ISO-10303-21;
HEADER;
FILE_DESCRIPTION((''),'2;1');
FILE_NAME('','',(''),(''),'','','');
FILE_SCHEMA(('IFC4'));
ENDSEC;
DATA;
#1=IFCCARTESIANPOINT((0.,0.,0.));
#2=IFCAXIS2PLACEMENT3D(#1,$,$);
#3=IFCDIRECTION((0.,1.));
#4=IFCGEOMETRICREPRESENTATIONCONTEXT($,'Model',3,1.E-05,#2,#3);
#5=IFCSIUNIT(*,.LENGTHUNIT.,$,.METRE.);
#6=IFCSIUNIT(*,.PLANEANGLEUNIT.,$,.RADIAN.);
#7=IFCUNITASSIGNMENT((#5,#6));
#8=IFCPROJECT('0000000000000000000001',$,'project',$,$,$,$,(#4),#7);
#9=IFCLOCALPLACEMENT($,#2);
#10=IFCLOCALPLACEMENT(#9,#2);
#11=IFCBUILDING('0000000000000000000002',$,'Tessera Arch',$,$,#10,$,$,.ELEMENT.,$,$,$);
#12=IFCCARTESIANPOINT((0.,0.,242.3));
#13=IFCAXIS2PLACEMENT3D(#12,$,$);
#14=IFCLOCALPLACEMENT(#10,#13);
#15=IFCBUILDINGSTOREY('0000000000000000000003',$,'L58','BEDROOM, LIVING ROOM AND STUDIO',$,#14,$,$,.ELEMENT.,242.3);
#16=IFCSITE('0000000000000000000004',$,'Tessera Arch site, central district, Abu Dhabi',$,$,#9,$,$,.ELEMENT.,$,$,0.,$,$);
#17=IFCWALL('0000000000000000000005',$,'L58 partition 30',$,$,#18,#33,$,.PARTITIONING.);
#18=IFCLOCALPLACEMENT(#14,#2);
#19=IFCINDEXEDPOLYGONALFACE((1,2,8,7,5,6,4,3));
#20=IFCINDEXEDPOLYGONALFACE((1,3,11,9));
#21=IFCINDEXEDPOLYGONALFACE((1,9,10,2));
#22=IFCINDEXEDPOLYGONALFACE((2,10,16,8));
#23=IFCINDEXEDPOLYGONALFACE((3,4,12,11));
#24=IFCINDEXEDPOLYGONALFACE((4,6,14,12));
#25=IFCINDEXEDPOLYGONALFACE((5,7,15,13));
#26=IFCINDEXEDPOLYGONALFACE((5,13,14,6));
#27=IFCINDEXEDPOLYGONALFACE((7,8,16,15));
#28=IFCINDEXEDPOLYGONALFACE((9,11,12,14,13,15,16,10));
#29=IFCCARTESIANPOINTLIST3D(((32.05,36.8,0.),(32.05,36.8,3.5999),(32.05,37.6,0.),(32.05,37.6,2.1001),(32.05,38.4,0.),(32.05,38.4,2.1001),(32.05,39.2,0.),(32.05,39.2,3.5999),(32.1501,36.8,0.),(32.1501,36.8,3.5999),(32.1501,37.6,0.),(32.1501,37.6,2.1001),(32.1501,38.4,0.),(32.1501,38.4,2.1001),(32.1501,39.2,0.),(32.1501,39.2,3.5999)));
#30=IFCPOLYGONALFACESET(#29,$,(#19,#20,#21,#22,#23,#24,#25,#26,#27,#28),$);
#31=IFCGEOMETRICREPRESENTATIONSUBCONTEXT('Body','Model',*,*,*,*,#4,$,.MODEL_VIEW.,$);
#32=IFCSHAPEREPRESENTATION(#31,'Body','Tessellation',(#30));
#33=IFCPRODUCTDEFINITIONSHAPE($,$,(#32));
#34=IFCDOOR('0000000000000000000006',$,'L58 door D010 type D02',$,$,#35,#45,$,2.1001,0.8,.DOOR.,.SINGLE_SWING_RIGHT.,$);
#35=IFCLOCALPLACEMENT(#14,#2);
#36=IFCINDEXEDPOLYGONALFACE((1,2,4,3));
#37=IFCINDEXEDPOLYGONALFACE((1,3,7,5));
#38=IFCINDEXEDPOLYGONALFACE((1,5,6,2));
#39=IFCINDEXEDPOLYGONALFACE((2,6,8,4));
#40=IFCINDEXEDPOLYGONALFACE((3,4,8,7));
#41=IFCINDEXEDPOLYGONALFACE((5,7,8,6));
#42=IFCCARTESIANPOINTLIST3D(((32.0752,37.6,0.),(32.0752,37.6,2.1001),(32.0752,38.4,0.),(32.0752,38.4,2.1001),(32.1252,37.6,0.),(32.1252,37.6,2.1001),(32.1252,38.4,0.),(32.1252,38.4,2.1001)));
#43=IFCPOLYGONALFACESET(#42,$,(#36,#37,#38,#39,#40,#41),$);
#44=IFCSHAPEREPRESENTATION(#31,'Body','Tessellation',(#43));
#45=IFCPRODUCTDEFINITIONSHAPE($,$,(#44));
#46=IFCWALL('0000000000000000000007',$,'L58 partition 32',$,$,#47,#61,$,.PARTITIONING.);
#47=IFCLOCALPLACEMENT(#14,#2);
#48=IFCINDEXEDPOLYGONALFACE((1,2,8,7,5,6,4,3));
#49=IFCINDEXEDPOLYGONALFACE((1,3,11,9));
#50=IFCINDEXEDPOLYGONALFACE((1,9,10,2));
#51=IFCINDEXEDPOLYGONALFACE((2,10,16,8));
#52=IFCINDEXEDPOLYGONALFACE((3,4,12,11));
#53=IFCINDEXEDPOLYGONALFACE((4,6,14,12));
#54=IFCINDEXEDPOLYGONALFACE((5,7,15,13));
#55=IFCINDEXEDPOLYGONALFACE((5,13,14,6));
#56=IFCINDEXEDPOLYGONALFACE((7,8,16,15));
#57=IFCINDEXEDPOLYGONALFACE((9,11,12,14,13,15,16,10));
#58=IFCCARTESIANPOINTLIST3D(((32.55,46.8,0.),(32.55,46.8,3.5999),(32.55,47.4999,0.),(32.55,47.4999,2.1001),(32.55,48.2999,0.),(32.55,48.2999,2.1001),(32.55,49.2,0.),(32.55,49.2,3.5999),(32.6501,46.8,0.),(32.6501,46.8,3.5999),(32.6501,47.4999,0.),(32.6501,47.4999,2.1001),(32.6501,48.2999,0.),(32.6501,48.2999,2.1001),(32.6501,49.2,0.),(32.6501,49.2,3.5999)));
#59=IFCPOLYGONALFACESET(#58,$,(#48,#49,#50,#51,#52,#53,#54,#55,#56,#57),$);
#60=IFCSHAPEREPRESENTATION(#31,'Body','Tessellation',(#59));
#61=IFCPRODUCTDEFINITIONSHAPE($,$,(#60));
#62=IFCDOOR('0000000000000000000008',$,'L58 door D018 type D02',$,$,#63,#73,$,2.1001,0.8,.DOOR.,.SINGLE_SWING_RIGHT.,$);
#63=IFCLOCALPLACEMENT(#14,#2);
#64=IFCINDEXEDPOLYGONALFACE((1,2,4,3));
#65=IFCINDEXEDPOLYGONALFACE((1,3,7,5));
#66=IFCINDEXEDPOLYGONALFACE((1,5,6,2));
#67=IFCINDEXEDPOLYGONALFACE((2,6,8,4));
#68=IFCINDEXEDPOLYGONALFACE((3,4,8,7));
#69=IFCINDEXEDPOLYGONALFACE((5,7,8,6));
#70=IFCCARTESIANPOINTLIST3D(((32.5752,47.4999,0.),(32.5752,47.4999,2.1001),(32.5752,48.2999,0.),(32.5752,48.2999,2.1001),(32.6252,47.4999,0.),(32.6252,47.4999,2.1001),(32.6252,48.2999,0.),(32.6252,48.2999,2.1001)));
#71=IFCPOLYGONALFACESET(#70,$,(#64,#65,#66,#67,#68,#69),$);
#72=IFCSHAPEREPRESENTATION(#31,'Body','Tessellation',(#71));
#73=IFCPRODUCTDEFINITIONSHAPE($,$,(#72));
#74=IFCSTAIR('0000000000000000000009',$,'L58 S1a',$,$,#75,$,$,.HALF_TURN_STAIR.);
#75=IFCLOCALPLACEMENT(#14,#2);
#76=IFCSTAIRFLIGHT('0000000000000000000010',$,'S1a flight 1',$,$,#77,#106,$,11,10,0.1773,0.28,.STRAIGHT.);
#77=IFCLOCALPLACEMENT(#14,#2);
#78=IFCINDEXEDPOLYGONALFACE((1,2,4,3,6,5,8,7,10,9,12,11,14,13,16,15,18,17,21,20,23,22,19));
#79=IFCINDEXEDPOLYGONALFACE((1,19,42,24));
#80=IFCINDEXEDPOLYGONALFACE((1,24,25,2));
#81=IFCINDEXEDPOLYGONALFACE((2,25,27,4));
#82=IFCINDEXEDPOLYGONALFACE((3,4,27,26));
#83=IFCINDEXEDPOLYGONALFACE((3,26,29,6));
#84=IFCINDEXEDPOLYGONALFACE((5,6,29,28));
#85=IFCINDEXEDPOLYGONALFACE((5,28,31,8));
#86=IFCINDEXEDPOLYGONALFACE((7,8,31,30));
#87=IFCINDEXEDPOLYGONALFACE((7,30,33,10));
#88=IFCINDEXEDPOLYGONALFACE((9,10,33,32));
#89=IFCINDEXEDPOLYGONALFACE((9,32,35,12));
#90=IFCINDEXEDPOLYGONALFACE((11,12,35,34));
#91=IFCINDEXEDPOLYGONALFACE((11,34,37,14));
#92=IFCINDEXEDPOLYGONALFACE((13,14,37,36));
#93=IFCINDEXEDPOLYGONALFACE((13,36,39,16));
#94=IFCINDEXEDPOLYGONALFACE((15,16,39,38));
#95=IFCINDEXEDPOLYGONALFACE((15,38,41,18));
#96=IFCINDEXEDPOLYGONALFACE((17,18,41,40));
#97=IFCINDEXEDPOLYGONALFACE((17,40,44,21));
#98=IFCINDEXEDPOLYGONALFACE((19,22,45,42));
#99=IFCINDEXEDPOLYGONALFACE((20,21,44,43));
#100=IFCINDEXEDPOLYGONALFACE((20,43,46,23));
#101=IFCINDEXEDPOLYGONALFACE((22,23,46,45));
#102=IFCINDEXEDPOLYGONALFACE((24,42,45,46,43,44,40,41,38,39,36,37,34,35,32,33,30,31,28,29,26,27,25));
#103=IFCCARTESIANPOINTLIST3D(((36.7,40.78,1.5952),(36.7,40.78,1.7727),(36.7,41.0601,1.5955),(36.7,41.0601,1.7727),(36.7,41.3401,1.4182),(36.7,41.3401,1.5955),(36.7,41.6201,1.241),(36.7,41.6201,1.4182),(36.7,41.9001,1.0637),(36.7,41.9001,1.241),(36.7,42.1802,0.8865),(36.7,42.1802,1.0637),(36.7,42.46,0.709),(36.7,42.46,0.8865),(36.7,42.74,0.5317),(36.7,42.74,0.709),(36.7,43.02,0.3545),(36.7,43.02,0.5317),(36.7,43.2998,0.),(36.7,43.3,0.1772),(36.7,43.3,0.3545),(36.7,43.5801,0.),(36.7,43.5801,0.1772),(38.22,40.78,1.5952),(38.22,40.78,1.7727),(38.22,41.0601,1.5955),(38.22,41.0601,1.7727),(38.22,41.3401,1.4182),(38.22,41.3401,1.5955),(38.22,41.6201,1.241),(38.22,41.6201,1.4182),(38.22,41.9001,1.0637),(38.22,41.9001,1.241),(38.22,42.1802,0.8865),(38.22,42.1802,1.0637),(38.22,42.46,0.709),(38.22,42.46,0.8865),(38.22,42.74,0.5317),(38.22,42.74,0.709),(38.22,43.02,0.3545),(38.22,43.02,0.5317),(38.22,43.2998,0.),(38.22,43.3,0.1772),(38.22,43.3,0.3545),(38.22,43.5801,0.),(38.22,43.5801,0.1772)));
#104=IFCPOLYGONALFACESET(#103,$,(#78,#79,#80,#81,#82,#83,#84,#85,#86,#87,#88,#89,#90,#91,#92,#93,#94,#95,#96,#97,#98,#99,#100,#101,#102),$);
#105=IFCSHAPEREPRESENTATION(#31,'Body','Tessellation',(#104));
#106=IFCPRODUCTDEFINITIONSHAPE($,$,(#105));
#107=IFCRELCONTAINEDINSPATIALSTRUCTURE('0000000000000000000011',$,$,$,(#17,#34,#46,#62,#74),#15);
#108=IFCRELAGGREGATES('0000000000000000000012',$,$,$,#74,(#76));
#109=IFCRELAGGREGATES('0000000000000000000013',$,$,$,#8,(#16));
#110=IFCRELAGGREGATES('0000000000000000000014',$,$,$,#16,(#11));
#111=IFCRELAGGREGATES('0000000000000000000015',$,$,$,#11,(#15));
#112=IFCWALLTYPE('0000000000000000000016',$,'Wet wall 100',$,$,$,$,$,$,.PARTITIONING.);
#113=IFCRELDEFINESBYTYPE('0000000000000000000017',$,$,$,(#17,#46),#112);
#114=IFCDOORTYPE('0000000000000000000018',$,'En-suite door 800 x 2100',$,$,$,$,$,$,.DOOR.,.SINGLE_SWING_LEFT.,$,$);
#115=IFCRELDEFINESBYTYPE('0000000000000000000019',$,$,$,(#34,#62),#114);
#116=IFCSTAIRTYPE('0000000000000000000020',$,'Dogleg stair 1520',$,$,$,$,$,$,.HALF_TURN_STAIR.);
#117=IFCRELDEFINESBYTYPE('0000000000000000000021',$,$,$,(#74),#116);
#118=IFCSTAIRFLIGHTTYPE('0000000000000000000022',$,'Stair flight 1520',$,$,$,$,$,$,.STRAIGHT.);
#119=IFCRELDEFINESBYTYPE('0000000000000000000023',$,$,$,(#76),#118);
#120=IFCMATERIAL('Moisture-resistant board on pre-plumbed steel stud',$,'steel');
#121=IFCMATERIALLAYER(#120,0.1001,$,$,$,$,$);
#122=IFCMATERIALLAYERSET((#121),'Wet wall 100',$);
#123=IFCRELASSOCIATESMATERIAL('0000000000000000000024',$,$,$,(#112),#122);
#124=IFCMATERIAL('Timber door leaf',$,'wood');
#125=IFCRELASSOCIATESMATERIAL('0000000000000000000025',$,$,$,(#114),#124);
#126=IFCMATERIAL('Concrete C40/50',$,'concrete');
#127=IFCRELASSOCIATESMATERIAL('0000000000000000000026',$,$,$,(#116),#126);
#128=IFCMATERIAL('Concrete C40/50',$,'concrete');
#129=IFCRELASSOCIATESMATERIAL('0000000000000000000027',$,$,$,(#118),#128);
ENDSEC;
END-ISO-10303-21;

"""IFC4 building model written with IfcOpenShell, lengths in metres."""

from ifc_helpers import new_model, si_unit, direction, frame, frame_2d, origin, place, context, subcontext, project, spatial, polyline, rectangle, outline, extrude, material, layer, layer_set, type_object, element, fill, aggregate, save


model = new_model("IFC4")

# Units and contexts
model_context = context("Model", 3, precision=1e-05, world=origin(), true_north=direction((0.0, 1.0)))
body_context = subcontext(model_context, "Body", "Model", "MODEL_VIEW")
ifc_project = project(units=[si_unit("LENGTHUNIT", "METRE"), si_unit("PLANEANGLEUNIT", "RADIAN")], contexts=[model_context])

# Site, building, storey
site_placement = place(None, origin())
site = spatial("IfcSite", under=ifc_project, at=site_placement, Name="Tessera Arch site, central district, Abu Dhabi", CompositionType="ELEMENT", RefElevation=0.0)
building_placement = place(site_placement, origin())
building = spatial("IfcBuilding", under=site, at=building_placement, Name="Tessera Arch", CompositionType="ELEMENT")
storey_placement = place(building_placement, frame((0.0, 0.0, 242.3)))
storey = spatial("IfcBuildingStorey", under=building, at=storey_placement, Name="L58", Description="BEDROOM, LIVING ROOM AND STUDIO", CompositionType="ELEMENT", Elevation=242.3)

# Shared definitions
ifc_material_1 = material(Name="Moisture-resistant board on pre-plumbed steel stud", Category="steel")
ifc_layer_1 = layer(ifc_material_1, 0.1001)
ifc_layer_set_1 = layer_set([ifc_layer_1], Name="Wet wall 100")
wall_type_1 = type_object("IfcWallType", Name="Wet wall 100", PredefinedType="PARTITIONING", material=ifc_layer_set_1)
ifc_material_2 = material(Name="Timber door leaf", Category="wood")
door_type_1 = type_object("IfcDoorType", Name="En-suite door 800 x 2100", OperationType="SINGLE_SWING_LEFT", PredefinedType="DOOR", material=ifc_material_2)

# Walls, openings, doors
wall_1_placement = place(storey_placement, frame((32.1001, 36.8, 0.0), z_axis=(0.0, 0.0, 1.0), x_axis=(0.0, 1.0, 0.0)))
wall_1 = element("IfcWall", 1, at=wall_1_placement, inside=storey, type_object=wall_type_1, Name="L58 partition 30", PredefinedType="PARTITIONING", context=body_context, shape_type="SweptSolid", body=[
    extrude(rectangle(XDim=2.3999, YDim=0.1001, at=frame_2d((1.2, 0.0))), origin(), (0.0, 0.0, 1.0), 3.5999),
])
opening_1_placement = place(wall_1_placement, frame((0.8, 0.0, 0.0)))
opening_1 = element("IfcOpeningElement", 2, at=opening_1_placement, cuts=wall_1, PredefinedType="OPENING", context=body_context, shape_type="SweptSolid", body=[
    extrude(rectangle(XDim=0.8, YDim=2.1001, at=frame_2d((0.3999, 1.05))), frame((0.0, 0.0601, 0.0), z_axis=(0.0, -1.0, 0.0), x_axis=(1.0, 0.0, 0.0)), (0.0, 0.0, 1.0), 0.1201),
])
door_1_placement = place(opening_1_placement, origin())
door_1 = element("IfcDoor", 3, at=door_1_placement, inside=storey, type_object=door_type_1, Name="L58 door D010 type D02", OperationType="SINGLE_SWING_RIGHT", OverallHeight=2.1001, OverallWidth=0.8, PredefinedType="DOOR", context=body_context, shape_type="SweptSolid", body=[
    extrude(rectangle(XDim=0.8, YDim=2.1001, at=frame_2d((0.3999, 1.05))), frame((0.0, 0.0249, 0.0), z_axis=(0.0, -1.0, 0.0), x_axis=(1.0, 0.0, 0.0)), (0.0, 0.0, 1.0), 0.05),
])
fill(opening_1, door_1)
wall_2_placement = place(storey_placement, frame((32.6001, 46.8, 0.0), z_axis=(0.0, 0.0, 1.0), x_axis=(0.0, 1.0, 0.0)))
wall_2 = element("IfcWall", 4, at=wall_2_placement, inside=storey, type_object=wall_type_1, Name="L58 partition 32", PredefinedType="PARTITIONING", context=body_context, shape_type="SweptSolid", body=[
    extrude(rectangle(XDim=2.3999, YDim=0.1001, at=frame_2d((1.2, 0.0))), origin(), (0.0, 0.0, 1.0), 3.5999),
])
opening_2_placement = place(wall_2_placement, frame((0.7, 0.0, 0.0)))
opening_2 = element("IfcOpeningElement", 5, at=opening_2_placement, cuts=wall_2, PredefinedType="OPENING", context=body_context, shape_type="SweptSolid", body=[
    extrude(rectangle(XDim=0.8, YDim=2.1001, at=frame_2d((0.3999, 1.05))), frame((0.0, 0.0601, 0.0), z_axis=(0.0, -1.0, 0.0), x_axis=(1.0, 0.0, 0.0)), (0.0, 0.0, 1.0), 0.1201),
])
door_2_placement = place(opening_2_placement, origin())
door_2 = element("IfcDoor", 6, at=door_2_placement, inside=storey, type_object=door_type_1, Name="L58 door D018 type D02", OperationType="SINGLE_SWING_RIGHT", OverallHeight=2.1001, OverallWidth=0.8, PredefinedType="DOOR", context=body_context, shape_type="SweptSolid", body=[
    extrude(rectangle(XDim=0.8, YDim=2.1001, at=frame_2d((0.3999, 1.05))), frame((0.0, 0.0249, 0.0), z_axis=(0.0, -1.0, 0.0), x_axis=(1.0, 0.0, 0.0)), (0.0, 0.0, 1.0), 0.05),
])
fill(opening_2, door_2)

# Stair, stair flight
ifc_material_3 = material(Name="Concrete C40/50", Category="concrete")
stair_type = type_object("IfcStairType", Name="Dogleg stair 1520", PredefinedType="HALF_TURN_STAIR", material=ifc_material_3)
stair_placement = place(storey_placement, origin())
stair = element("IfcStair", 7, at=stair_placement, inside=storey, type_object=stair_type, Name="L58 S1a", PredefinedType="HALF_TURN_STAIR")
ifc_material_4 = material(Name="Concrete C40/50", Category="concrete")
stair_flight_type = type_object("IfcStairFlightType", Name="Stair flight 1520", PredefinedType="STRAIGHT", material=ifc_material_4)
stair_flight_placement = place(storey_placement, frame((37.46, 43.5801, 0.0), z_axis=(0.0, 0.0, 1.0), x_axis=(0.0, -1.0, 0.0)))
stair_flight = element("IfcStairFlight", 8, at=stair_flight_placement, type_object=stair_flight_type, Name="S1a flight 1", NumberOfRisers=11, NumberOfTreads=10, PredefinedType="STRAIGHT", RiserHeight=0.1773, TreadLength=0.28, context=body_context, shape_type="SweptSolid", body=[
    extrude(outline(polyline([(0.0, 0.0), (0.0, 0.1772), (0.28, 0.1772), (0.28, 0.3545), (0.5601, 0.3545), (0.5601, 0.5317), (0.8401, 0.5317), (0.8401, 0.709), (1.1201, 0.709), (1.1201, 0.8865), (1.3999, 0.8865), (1.3999, 1.0637), (1.6799, 1.0637), (1.6799, 1.241), (1.96, 1.241), (1.96, 1.4182), (2.24, 1.4182), (2.24, 1.5955), (2.52, 1.5955), (2.52, 1.7727), (2.8, 1.7727), (2.8, 1.95), (2.8, 1.5952), (0.2803, 0.0), (0.0, 0.0)])), frame((0.0, 0.76, 0.0), z_axis=(0.0, -1.0, 0.0), x_axis=(1.0, 0.0, 0.0)), (0.0, 0.0, 1.0), 1.52),
])
aggregate(stair, [stair_flight])

save(model, "model.ifc")
